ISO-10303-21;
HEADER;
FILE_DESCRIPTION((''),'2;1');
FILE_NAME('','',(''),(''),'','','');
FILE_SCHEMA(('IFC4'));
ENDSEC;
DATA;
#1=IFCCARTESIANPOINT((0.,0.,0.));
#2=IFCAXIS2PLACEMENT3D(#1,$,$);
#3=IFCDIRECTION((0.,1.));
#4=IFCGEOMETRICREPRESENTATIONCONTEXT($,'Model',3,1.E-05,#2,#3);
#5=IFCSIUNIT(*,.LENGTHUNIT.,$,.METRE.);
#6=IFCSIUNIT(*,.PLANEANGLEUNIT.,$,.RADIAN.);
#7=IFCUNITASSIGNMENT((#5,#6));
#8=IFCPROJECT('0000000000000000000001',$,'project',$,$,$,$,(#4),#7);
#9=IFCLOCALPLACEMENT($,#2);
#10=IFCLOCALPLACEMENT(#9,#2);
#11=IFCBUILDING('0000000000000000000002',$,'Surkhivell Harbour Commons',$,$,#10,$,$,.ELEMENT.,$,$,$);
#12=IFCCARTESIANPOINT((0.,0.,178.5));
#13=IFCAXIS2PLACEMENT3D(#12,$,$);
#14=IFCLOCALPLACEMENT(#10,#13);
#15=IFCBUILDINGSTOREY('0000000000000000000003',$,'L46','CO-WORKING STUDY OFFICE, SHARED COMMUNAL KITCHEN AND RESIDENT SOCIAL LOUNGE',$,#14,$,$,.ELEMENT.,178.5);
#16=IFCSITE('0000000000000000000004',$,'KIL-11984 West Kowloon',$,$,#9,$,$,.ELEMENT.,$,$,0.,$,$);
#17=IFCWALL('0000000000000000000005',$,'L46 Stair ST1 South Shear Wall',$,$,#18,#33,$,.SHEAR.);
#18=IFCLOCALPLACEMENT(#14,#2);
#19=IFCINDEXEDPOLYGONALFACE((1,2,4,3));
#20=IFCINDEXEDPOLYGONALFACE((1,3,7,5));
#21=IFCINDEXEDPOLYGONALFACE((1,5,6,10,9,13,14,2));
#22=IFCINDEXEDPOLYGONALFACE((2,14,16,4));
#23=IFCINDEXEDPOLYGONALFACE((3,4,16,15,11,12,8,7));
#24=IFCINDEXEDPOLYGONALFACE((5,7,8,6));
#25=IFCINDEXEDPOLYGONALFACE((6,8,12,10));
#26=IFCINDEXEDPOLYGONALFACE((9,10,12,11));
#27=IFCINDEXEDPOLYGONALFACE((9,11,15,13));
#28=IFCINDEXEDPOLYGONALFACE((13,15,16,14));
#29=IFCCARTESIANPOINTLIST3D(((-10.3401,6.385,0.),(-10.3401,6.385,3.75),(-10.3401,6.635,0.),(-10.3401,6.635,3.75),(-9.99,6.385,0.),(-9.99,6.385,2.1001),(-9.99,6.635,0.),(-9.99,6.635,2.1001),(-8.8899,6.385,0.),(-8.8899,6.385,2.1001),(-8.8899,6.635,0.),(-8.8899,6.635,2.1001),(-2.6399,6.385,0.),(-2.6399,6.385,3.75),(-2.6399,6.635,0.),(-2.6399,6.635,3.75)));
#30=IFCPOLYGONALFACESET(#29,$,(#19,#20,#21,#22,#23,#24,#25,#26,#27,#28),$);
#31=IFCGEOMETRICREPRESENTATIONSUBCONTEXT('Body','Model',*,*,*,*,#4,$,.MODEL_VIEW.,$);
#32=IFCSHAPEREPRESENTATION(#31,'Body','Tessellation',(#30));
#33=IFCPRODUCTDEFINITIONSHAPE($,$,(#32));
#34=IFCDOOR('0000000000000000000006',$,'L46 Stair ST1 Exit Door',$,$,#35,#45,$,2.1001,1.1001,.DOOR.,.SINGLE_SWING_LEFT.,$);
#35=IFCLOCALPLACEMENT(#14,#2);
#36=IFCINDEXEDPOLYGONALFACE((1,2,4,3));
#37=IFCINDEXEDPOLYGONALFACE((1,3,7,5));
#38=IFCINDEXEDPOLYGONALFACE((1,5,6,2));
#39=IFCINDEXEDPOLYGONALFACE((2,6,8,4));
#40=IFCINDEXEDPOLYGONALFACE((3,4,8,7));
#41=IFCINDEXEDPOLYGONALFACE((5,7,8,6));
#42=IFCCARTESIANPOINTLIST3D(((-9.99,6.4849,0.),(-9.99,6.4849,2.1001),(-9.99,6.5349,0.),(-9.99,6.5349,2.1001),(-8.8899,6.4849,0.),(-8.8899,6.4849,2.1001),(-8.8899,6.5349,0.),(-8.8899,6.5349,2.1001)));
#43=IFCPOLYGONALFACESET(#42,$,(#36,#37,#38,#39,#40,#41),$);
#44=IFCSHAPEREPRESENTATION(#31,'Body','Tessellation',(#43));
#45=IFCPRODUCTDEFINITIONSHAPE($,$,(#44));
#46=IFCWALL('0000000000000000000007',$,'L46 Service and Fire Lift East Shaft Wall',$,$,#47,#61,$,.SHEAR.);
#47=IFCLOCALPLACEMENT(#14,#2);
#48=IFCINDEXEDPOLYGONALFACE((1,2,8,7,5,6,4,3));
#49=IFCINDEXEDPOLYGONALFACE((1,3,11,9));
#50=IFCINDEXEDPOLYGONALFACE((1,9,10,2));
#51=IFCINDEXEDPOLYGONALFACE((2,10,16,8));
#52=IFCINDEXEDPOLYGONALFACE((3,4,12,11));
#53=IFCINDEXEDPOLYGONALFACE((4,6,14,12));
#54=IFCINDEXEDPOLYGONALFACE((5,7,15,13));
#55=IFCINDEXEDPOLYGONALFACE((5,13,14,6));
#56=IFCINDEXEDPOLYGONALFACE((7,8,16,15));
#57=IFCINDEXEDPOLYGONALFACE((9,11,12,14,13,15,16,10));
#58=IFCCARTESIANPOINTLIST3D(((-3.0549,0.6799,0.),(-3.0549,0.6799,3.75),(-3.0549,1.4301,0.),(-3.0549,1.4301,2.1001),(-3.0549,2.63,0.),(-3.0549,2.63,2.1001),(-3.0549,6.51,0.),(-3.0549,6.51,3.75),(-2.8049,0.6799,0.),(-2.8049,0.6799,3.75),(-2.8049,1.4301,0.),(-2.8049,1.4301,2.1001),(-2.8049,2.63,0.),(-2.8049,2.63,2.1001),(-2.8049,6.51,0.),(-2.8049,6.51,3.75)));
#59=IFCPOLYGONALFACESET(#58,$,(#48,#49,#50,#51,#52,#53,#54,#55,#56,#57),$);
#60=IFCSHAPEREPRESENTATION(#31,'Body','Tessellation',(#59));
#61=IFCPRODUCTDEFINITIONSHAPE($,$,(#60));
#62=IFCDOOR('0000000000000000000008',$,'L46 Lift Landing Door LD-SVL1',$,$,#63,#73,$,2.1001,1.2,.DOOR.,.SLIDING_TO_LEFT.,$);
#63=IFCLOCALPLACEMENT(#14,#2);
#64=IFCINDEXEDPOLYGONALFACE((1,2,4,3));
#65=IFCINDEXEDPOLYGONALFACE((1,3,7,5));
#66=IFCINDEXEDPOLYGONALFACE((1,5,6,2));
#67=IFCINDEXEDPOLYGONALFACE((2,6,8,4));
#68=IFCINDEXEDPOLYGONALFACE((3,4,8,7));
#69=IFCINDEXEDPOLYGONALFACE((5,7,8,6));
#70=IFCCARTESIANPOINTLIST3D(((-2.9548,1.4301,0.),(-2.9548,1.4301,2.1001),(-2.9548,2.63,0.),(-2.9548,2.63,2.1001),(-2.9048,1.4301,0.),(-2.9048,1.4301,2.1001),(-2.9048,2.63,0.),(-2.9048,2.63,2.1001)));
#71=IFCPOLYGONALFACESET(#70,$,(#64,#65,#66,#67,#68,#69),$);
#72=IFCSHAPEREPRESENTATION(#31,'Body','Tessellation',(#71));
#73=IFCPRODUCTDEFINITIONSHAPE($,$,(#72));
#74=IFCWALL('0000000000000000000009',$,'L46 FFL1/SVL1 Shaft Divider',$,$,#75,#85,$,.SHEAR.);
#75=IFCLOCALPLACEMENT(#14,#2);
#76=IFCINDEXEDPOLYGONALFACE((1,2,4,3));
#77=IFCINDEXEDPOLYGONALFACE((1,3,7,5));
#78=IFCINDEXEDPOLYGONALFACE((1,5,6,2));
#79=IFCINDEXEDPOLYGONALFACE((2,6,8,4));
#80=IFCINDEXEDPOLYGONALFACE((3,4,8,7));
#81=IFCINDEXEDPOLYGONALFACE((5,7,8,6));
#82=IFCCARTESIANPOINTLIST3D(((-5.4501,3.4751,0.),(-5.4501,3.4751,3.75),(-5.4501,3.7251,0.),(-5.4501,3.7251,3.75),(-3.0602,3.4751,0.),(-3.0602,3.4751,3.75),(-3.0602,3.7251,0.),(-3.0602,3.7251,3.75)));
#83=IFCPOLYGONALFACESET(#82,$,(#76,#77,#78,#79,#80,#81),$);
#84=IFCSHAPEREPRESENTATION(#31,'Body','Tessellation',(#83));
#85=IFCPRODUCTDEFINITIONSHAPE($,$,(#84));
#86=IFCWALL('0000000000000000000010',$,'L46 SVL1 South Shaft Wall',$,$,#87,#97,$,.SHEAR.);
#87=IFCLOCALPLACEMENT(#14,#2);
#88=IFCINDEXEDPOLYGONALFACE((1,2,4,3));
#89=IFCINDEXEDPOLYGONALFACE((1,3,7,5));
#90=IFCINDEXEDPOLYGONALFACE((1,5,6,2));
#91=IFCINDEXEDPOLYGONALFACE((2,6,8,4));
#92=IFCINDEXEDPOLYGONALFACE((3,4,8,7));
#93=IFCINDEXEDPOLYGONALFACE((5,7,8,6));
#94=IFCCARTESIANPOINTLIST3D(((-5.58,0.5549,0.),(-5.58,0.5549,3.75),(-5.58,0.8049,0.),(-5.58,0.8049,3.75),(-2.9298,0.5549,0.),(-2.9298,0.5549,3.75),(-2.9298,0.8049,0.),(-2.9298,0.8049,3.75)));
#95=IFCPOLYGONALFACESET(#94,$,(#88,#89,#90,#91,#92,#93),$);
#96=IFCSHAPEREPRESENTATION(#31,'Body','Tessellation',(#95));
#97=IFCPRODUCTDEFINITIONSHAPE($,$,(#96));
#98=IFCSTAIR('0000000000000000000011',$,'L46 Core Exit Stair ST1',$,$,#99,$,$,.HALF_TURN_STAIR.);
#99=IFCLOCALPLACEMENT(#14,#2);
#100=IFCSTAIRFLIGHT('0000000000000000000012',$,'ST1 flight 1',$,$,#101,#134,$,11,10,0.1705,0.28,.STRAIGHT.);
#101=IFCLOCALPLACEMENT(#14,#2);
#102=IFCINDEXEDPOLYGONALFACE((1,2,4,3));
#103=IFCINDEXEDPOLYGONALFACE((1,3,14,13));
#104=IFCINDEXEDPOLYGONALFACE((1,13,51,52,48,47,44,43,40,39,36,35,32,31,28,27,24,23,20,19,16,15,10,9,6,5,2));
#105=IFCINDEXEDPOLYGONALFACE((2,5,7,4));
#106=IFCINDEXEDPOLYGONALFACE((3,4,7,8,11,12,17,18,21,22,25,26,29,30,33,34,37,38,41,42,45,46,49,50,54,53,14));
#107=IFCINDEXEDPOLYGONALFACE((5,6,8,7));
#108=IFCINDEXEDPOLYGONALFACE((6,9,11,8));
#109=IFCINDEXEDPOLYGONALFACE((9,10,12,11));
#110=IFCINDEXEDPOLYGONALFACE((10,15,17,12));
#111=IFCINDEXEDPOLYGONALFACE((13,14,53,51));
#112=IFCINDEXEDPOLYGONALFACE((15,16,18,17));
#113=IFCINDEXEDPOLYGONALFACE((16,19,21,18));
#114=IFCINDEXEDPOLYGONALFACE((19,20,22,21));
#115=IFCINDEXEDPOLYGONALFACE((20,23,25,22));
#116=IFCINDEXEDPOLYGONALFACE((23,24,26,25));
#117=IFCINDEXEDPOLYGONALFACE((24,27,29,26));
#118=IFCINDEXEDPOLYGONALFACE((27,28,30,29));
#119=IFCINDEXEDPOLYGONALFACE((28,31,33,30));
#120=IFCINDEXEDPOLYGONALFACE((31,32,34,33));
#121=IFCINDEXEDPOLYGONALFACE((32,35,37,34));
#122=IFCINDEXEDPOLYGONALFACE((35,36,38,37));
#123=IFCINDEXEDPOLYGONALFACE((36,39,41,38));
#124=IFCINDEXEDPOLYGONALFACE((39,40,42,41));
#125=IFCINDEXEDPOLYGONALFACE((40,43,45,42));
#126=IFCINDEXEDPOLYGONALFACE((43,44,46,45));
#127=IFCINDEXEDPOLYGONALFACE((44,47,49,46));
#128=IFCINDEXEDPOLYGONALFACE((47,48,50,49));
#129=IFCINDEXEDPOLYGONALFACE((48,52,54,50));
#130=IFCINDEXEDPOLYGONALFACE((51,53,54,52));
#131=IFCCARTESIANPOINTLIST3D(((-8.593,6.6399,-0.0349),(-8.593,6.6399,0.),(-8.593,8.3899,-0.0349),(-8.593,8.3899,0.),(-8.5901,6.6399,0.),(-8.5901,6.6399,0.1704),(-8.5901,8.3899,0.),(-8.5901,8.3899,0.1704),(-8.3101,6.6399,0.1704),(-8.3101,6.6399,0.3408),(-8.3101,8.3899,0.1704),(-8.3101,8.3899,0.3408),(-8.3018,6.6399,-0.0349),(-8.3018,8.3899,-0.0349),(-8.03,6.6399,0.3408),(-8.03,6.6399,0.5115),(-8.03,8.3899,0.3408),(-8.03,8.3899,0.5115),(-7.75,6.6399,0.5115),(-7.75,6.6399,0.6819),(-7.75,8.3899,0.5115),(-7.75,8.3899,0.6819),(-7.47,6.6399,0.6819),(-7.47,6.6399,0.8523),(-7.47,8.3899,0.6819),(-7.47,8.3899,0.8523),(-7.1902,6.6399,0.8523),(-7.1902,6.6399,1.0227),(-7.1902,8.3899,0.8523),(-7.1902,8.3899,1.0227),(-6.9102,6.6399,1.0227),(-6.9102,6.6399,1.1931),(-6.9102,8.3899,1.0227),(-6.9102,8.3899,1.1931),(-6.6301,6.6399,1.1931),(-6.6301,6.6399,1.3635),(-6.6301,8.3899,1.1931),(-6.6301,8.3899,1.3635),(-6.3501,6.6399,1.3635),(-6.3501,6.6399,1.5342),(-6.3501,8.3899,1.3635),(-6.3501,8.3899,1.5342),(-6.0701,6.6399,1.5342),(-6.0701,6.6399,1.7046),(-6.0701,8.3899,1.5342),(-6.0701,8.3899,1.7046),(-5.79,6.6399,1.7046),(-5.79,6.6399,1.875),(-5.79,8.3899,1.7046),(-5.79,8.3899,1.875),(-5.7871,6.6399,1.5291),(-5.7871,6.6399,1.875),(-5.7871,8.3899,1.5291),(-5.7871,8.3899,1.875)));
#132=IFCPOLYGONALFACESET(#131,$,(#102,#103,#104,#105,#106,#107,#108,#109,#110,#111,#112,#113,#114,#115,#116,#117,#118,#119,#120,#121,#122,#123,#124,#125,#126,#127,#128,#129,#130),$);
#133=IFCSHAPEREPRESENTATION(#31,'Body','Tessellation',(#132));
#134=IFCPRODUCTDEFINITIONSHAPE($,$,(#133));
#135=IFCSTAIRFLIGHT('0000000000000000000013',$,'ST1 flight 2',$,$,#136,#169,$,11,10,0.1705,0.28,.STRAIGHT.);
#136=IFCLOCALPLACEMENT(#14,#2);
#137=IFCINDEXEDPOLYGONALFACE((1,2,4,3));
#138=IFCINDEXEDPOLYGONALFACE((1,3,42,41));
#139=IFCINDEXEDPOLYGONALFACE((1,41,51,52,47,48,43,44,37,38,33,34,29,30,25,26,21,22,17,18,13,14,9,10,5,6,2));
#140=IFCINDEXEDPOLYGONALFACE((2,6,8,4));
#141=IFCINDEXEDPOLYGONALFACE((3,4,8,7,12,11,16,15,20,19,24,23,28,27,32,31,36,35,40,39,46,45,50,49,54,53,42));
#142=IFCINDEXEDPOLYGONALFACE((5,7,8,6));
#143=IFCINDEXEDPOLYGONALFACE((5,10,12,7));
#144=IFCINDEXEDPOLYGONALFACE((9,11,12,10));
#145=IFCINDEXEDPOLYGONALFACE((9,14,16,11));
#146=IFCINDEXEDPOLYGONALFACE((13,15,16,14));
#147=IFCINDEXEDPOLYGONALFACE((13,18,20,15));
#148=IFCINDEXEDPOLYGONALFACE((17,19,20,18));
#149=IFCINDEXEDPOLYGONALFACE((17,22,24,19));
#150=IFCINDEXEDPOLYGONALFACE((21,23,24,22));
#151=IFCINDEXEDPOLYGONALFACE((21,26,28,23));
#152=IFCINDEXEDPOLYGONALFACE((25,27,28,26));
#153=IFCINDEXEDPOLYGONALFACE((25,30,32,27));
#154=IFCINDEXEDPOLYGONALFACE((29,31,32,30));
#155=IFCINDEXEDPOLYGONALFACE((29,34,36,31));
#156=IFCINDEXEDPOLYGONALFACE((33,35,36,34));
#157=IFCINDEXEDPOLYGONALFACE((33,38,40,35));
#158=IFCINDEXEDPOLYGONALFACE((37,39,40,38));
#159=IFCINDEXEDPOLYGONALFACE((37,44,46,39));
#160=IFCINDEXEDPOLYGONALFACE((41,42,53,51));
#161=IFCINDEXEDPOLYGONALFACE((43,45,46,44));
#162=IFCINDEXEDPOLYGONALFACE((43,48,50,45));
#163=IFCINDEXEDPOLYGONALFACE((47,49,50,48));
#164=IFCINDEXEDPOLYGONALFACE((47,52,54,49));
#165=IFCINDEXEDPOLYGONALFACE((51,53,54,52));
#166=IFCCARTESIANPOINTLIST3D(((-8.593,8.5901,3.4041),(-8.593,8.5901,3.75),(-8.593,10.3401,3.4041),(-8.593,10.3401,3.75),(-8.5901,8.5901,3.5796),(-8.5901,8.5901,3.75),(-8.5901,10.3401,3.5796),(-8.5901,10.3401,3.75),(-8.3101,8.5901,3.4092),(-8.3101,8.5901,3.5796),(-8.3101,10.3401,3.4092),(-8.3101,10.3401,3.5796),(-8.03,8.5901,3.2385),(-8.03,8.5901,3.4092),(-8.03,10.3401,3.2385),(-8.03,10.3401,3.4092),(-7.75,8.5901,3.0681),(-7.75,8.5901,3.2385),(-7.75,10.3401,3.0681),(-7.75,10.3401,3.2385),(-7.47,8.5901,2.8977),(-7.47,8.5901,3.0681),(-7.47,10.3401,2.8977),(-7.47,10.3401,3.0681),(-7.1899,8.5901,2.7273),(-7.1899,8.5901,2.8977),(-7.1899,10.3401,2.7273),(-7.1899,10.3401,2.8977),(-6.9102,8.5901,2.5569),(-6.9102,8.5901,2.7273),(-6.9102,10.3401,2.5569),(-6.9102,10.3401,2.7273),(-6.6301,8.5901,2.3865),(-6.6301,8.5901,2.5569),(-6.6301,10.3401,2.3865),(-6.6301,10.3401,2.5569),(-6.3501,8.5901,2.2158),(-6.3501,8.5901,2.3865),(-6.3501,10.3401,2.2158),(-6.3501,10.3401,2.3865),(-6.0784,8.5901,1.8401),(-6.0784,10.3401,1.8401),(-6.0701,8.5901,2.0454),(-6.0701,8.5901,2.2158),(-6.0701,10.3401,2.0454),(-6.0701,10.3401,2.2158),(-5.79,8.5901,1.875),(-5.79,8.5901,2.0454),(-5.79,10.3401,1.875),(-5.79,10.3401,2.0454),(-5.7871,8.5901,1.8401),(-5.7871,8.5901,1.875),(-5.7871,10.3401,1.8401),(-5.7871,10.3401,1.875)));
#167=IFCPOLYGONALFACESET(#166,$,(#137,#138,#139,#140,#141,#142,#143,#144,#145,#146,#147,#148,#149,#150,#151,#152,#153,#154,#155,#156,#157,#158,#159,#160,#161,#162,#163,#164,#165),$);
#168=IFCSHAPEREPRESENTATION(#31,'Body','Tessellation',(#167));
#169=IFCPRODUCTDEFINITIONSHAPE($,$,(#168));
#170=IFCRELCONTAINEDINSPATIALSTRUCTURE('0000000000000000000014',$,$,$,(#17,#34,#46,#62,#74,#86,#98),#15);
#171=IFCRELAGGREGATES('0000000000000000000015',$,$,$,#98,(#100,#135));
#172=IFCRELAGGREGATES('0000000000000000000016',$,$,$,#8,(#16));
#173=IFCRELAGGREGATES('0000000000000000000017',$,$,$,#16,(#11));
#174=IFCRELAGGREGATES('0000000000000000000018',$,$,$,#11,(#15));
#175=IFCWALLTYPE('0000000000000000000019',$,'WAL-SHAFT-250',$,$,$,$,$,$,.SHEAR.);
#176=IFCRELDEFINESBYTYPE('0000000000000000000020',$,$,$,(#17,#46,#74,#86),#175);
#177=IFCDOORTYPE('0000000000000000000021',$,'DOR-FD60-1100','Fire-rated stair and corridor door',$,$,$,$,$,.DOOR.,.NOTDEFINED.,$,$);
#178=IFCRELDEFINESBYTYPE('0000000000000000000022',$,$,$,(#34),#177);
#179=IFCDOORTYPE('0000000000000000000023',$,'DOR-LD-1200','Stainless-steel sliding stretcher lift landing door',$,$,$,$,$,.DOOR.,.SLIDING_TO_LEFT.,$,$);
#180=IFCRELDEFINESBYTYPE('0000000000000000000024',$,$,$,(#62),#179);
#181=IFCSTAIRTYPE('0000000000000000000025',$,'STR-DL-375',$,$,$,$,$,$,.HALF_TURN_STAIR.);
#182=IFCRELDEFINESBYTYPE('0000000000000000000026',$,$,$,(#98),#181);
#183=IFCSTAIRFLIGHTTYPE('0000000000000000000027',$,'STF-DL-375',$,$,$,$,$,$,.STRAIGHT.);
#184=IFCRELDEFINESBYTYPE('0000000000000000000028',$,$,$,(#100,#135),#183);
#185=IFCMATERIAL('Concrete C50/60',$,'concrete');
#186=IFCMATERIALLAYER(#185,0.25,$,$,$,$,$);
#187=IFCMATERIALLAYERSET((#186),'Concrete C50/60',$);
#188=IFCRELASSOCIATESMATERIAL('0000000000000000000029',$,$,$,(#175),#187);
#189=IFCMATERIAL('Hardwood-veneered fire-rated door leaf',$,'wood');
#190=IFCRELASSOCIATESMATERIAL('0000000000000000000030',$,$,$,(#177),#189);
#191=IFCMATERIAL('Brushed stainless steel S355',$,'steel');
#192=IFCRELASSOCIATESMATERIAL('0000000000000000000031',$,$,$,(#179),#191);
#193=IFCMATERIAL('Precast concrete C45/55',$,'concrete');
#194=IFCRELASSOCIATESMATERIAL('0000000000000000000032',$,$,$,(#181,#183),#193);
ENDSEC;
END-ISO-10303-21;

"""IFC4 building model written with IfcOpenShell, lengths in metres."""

from ifc_helpers import new_model, si_unit, direction, frame, frame_2d, origin, place, context, subcontext, project, spatial, polyline, rectangle, outline, extrude, material, layer, layer_set, type_object, element, fill, aggregate, save


model = new_model("IFC4")

# Units and contexts
model_context = context("Model", 3, precision=1e-05, world=origin(), true_north=direction((0.0, 1.0)))
body_context = subcontext(model_context, "Body", "Model", "MODEL_VIEW")
ifc_project = project(units=[si_unit("LENGTHUNIT", "METRE"), si_unit("PLANEANGLEUNIT", "RADIAN")], contexts=[model_context])

# Site, building, storey
site_placement = place(None, origin())
site = spatial("IfcSite", under=ifc_project, at=site_placement, Name="KIL-11984 West Kowloon", CompositionType="ELEMENT", RefElevation=0.0)
building_placement = place(site_placement, origin())
building = spatial("IfcBuilding", under=site, at=building_placement, Name="Surkhivell Harbour Commons", CompositionType="ELEMENT")
storey_placement = place(building_placement, frame((0.0, 0.0, 178.5)))
storey = spatial("IfcBuildingStorey", under=building, at=storey_placement, Name="L46", Description="CO-WORKING STUDY OFFICE, SHARED COMMUNAL KITCHEN AND RESIDENT SOCIAL LOUNGE", CompositionType="ELEMENT", Elevation=178.5)

# Shared definitions
ifc_material_1 = material(Name="Hardwood-veneered fire-rated door leaf", Category="wood")

# Shared definitions
ifc_material_2 = material(Name="Concrete C50/60", Category="concrete")
ifc_layer_1 = layer(ifc_material_2, 0.25)
ifc_layer_set_1 = layer_set([ifc_layer_1], Name="Concrete C50/60")
wall_type_1 = type_object("IfcWallType", Name="WAL-SHAFT-250", PredefinedType="SHEAR", material=ifc_layer_set_1)
ifc_material_3 = material(Name="Brushed stainless steel S355", Category="steel")

# Walls, openings, doors
wall_1_placement = place(storey_placement, frame((-10.3401, 6.51, 0.0), z_axis=(0.0, 0.0, 1.0), x_axis=(1.0, 0.0, 0.0)))
wall_1 = element("IfcWall", 1, at=wall_1_placement, inside=storey, type_object=wall_type_1, Name="L46 Stair ST1 South Shear Wall", PredefinedType="SHEAR", context=body_context, shape_type="SweptSolid", body=[
    extrude(rectangle(XDim=7.7002, YDim=0.25, at=frame_2d((3.8501, 0.0))), origin(), (0.0, 0.0, 1.0), 3.75),
])
opening_1_placement = place(wall_1_placement, frame((0.3501, 0.0, 0.0)))
opening_1 = element("IfcOpeningElement", 2, at=opening_1_placement, cuts=wall_1, PredefinedType="OPENING", context=body_context, shape_type="SweptSolid", body=[
    extrude(rectangle(XDim=1.1001, YDim=2.1001, at=frame_2d((0.55, 1.05))), frame((0.0, 0.135, 0.0), z_axis=(0.0, -1.0, 0.0), x_axis=(1.0, 0.0, 0.0)), (0.0, 0.0, 1.0), 0.27),
])
door_type_1 = type_object("IfcDoorType", Name="DOR-FD60-1100", Description="Fire-rated stair and corridor door", OperationType="NOTDEFINED", PredefinedType="DOOR", material=ifc_material_1)
door_1_placement = place(opening_1_placement, origin())
door_1 = element("IfcDoor", 3, at=door_1_placement, inside=storey, type_object=door_type_1, Name="L46 Stair ST1 Exit Door", OperationType="SINGLE_SWING_LEFT", OverallHeight=2.1001, OverallWidth=1.1001, PredefinedType="DOOR", context=body_context, shape_type="SweptSolid", body=[
    extrude(rectangle(XDim=1.1001, YDim=2.1001, at=frame_2d((0.55, 1.05))), frame((0.0, 0.0249, 0.0), z_axis=(0.0, -1.0, 0.0), x_axis=(1.0, 0.0, 0.0)), (0.0, 0.0, 1.0), 0.05),
])
fill(opening_1, door_1)
wall_2_placement = place(storey_placement, frame((-2.9299, 0.6799, 0.0), z_axis=(0.0, 0.0, 1.0), x_axis=(0.0, 1.0, 0.0)))
wall_2 = element("IfcWall", 4, at=wall_2_placement, inside=storey, type_object=wall_type_1, Name="L46 Service and Fire Lift East Shaft Wall", PredefinedType="SHEAR", context=body_context, shape_type="SweptSolid", body=[
    extrude(rectangle(XDim=5.8301, YDim=0.25, at=frame_2d((2.915, 0.0))), origin(), (0.0, 0.0, 1.0), 3.75),
])
opening_2_placement = place(wall_2_placement, frame((0.75, 0.0, 0.0)))
opening_2 = element("IfcOpeningElement", 5, at=opening_2_placement, cuts=wall_2, PredefinedType="OPENING", context=body_context, shape_type="SweptSolid", body=[
    extrude(rectangle(XDim=1.2, YDim=2.1001, at=frame_2d((0.6001, 1.05))), frame((0.0, 0.135, 0.0), z_axis=(0.0, -1.0, 0.0), x_axis=(1.0, 0.0, 0.0)), (0.0, 0.0, 1.0), 0.27),
])
door_type_2 = type_object("IfcDoorType", Name="DOR-LD-1200", Description="Stainless-steel sliding stretcher lift landing door", OperationType="SLIDING_TO_LEFT", PredefinedType="DOOR", material=ifc_material_3)
door_2_placement = place(opening_2_placement, origin())
door_2 = element("IfcDoor", 6, at=door_2_placement, inside=storey, type_object=door_type_2, Name="L46 Lift Landing Door LD-SVL1", OperationType="SLIDING_TO_LEFT", OverallHeight=2.1001, OverallWidth=1.2, PredefinedType="DOOR", context=body_context, shape_type="SweptSolid", body=[
    extrude(rectangle(XDim=1.2, YDim=2.1001, at=frame_2d((0.6001, 1.05))), frame((0.0, 0.0249, 0.0), z_axis=(0.0, -1.0, 0.0), x_axis=(1.0, 0.0, 0.0)), (0.0, 0.0, 1.0), 0.05),
])
fill(opening_2, door_2)

# Walls
wall_3_placement = place(storey_placement, frame((-5.45, 3.6001, 0.0), z_axis=(0.0, 0.0, 1.0), x_axis=(1.0, 0.0, 0.0)))
element("IfcWall", 7, at=wall_3_placement, inside=storey, type_object=wall_type_1, Name="L46 FFL1/SVL1 Shaft Divider", PredefinedType="SHEAR", context=body_context, shape_type="SweptSolid", body=[
    extrude(rectangle(XDim=2.3899, YDim=0.25, at=frame_2d((1.1948, 0.0))), origin(), (0.0, 0.0, 1.0), 3.75),
])
wall_4_placement = place(storey_placement, frame((-5.5801, 0.6799, 0.0), z_axis=(0.0, 0.0, 1.0), x_axis=(1.0, 0.0, 0.0)))
element("IfcWall", 8, at=wall_4_placement, inside=storey, type_object=wall_type_1, Name="L46 SVL1 South Shaft Wall", PredefinedType="SHEAR", context=body_context, shape_type="SweptSolid", body=[
    extrude(rectangle(XDim=2.6501, YDim=0.25, at=frame_2d((1.3252, 0.0))), origin(), (0.0, 0.0, 1.0), 3.75),
])

# Stair, stair flights
ifc_material_4 = material(Name="Precast concrete C45/55", Category="concrete")
stair_type = type_object("IfcStairType", Name="STR-DL-375", PredefinedType="HALF_TURN_STAIR", material=ifc_material_4)
stair_placement = place(storey_placement, origin())
stair = element("IfcStair", 9, at=stair_placement, inside=storey, type_object=stair_type, Name="L46 Core Exit Stair ST1", PredefinedType="HALF_TURN_STAIR")
stair_flight_type = type_object("IfcStairFlightType", Name="STF-DL-375", PredefinedType="STRAIGHT", material=ifc_material_4)
stair_flight_1_placement = place(storey_placement, frame((-8.5901, 7.5149, 0.0), z_axis=(0.0, 0.0, 1.0), x_axis=(1.0, 0.0, 0.0)))
stair_flight_1 = element("IfcStairFlight", 10, at=stair_flight_1_placement, type_object=stair_flight_type, Name="ST1 flight 1", NumberOfRisers=11, NumberOfTreads=10, PredefinedType="STRAIGHT", RiserHeight=0.1705, TreadLength=0.28, context=body_context, shape_type="SweptSolid", body=[
    extrude(outline(polyline([(-0.0029, -0.0349), (-0.0029, 0.0), (0.0, 0.0), (0.0, 0.1704), (0.28, 0.1704), (0.28, 0.3408), (0.5601, 0.3408), (0.5601, 0.5115), (0.8401, 0.5115), (0.8401, 0.6819), (1.1201, 0.6819), (1.1201, 0.8523), (1.3999, 0.8523), (1.3999, 1.0227), (1.6799, 1.0227), (1.6799, 1.1931), (1.96, 1.1931), (1.96, 1.3635), (2.24, 1.3635), (2.24, 1.5342), (2.52, 1.5342), (2.52, 1.7046), (2.8, 1.7046), (2.8, 1.875), (2.803, 1.875), (2.803, 1.5291), (0.2883, -0.0349), (-0.0029, -0.0349)])), frame((0.0, 0.875, 0.0), z_axis=(0.0, -1.0, 0.0), x_axis=(1.0, 0.0, 0.0)), (0.0, 0.0, 1.0), 1.75),
])
stair_flight_2_placement = place(storey_placement, frame((-5.79, 9.4651, 1.875), z_axis=(0.0, 0.0, 1.0), x_axis=(-1.0, 0.0, 0.0)))
stair_flight_2 = element("IfcStairFlight", 11, at=stair_flight_2_placement, type_object=stair_flight_type, Name="ST1 flight 2", NumberOfRisers=11, NumberOfTreads=10, PredefinedType="STRAIGHT", RiserHeight=0.1705, TreadLength=0.28, context=body_context, shape_type="SweptSolid", body=[
    extrude(outline(polyline([(-0.0029, -0.0349), (-0.0029, 0.0), (0.0, 0.0), (0.0, 0.1704), (0.28, 0.1704), (0.28, 0.3408), (0.5601, 0.3408), (0.5601, 0.5115), (0.8401, 0.5115), (0.8401, 0.6819), (1.1201, 0.6819), (1.1201, 0.8523), (1.3999, 0.8523), (1.3999, 1.0227), (1.6799, 1.0227), (1.6799, 1.1931), (1.96, 1.1931), (1.96, 1.3635), (2.24, 1.3635), (2.24, 1.5342), (2.52, 1.5342), (2.52, 1.7046), (2.8, 1.7046), (2.8, 1.875), (2.803, 1.875), (2.803, 1.5291), (0.2883, -0.0349), (-0.0029, -0.0349)])), frame((0.0, 0.875, 0.0), z_axis=(0.0, -1.0, 0.0), x_axis=(1.0, 0.0, 0.0)), (0.0, 0.0, 1.0), 1.75),
])
aggregate(stair, [stair_flight_1, stair_flight_2])

save(model, "model.ifc")
